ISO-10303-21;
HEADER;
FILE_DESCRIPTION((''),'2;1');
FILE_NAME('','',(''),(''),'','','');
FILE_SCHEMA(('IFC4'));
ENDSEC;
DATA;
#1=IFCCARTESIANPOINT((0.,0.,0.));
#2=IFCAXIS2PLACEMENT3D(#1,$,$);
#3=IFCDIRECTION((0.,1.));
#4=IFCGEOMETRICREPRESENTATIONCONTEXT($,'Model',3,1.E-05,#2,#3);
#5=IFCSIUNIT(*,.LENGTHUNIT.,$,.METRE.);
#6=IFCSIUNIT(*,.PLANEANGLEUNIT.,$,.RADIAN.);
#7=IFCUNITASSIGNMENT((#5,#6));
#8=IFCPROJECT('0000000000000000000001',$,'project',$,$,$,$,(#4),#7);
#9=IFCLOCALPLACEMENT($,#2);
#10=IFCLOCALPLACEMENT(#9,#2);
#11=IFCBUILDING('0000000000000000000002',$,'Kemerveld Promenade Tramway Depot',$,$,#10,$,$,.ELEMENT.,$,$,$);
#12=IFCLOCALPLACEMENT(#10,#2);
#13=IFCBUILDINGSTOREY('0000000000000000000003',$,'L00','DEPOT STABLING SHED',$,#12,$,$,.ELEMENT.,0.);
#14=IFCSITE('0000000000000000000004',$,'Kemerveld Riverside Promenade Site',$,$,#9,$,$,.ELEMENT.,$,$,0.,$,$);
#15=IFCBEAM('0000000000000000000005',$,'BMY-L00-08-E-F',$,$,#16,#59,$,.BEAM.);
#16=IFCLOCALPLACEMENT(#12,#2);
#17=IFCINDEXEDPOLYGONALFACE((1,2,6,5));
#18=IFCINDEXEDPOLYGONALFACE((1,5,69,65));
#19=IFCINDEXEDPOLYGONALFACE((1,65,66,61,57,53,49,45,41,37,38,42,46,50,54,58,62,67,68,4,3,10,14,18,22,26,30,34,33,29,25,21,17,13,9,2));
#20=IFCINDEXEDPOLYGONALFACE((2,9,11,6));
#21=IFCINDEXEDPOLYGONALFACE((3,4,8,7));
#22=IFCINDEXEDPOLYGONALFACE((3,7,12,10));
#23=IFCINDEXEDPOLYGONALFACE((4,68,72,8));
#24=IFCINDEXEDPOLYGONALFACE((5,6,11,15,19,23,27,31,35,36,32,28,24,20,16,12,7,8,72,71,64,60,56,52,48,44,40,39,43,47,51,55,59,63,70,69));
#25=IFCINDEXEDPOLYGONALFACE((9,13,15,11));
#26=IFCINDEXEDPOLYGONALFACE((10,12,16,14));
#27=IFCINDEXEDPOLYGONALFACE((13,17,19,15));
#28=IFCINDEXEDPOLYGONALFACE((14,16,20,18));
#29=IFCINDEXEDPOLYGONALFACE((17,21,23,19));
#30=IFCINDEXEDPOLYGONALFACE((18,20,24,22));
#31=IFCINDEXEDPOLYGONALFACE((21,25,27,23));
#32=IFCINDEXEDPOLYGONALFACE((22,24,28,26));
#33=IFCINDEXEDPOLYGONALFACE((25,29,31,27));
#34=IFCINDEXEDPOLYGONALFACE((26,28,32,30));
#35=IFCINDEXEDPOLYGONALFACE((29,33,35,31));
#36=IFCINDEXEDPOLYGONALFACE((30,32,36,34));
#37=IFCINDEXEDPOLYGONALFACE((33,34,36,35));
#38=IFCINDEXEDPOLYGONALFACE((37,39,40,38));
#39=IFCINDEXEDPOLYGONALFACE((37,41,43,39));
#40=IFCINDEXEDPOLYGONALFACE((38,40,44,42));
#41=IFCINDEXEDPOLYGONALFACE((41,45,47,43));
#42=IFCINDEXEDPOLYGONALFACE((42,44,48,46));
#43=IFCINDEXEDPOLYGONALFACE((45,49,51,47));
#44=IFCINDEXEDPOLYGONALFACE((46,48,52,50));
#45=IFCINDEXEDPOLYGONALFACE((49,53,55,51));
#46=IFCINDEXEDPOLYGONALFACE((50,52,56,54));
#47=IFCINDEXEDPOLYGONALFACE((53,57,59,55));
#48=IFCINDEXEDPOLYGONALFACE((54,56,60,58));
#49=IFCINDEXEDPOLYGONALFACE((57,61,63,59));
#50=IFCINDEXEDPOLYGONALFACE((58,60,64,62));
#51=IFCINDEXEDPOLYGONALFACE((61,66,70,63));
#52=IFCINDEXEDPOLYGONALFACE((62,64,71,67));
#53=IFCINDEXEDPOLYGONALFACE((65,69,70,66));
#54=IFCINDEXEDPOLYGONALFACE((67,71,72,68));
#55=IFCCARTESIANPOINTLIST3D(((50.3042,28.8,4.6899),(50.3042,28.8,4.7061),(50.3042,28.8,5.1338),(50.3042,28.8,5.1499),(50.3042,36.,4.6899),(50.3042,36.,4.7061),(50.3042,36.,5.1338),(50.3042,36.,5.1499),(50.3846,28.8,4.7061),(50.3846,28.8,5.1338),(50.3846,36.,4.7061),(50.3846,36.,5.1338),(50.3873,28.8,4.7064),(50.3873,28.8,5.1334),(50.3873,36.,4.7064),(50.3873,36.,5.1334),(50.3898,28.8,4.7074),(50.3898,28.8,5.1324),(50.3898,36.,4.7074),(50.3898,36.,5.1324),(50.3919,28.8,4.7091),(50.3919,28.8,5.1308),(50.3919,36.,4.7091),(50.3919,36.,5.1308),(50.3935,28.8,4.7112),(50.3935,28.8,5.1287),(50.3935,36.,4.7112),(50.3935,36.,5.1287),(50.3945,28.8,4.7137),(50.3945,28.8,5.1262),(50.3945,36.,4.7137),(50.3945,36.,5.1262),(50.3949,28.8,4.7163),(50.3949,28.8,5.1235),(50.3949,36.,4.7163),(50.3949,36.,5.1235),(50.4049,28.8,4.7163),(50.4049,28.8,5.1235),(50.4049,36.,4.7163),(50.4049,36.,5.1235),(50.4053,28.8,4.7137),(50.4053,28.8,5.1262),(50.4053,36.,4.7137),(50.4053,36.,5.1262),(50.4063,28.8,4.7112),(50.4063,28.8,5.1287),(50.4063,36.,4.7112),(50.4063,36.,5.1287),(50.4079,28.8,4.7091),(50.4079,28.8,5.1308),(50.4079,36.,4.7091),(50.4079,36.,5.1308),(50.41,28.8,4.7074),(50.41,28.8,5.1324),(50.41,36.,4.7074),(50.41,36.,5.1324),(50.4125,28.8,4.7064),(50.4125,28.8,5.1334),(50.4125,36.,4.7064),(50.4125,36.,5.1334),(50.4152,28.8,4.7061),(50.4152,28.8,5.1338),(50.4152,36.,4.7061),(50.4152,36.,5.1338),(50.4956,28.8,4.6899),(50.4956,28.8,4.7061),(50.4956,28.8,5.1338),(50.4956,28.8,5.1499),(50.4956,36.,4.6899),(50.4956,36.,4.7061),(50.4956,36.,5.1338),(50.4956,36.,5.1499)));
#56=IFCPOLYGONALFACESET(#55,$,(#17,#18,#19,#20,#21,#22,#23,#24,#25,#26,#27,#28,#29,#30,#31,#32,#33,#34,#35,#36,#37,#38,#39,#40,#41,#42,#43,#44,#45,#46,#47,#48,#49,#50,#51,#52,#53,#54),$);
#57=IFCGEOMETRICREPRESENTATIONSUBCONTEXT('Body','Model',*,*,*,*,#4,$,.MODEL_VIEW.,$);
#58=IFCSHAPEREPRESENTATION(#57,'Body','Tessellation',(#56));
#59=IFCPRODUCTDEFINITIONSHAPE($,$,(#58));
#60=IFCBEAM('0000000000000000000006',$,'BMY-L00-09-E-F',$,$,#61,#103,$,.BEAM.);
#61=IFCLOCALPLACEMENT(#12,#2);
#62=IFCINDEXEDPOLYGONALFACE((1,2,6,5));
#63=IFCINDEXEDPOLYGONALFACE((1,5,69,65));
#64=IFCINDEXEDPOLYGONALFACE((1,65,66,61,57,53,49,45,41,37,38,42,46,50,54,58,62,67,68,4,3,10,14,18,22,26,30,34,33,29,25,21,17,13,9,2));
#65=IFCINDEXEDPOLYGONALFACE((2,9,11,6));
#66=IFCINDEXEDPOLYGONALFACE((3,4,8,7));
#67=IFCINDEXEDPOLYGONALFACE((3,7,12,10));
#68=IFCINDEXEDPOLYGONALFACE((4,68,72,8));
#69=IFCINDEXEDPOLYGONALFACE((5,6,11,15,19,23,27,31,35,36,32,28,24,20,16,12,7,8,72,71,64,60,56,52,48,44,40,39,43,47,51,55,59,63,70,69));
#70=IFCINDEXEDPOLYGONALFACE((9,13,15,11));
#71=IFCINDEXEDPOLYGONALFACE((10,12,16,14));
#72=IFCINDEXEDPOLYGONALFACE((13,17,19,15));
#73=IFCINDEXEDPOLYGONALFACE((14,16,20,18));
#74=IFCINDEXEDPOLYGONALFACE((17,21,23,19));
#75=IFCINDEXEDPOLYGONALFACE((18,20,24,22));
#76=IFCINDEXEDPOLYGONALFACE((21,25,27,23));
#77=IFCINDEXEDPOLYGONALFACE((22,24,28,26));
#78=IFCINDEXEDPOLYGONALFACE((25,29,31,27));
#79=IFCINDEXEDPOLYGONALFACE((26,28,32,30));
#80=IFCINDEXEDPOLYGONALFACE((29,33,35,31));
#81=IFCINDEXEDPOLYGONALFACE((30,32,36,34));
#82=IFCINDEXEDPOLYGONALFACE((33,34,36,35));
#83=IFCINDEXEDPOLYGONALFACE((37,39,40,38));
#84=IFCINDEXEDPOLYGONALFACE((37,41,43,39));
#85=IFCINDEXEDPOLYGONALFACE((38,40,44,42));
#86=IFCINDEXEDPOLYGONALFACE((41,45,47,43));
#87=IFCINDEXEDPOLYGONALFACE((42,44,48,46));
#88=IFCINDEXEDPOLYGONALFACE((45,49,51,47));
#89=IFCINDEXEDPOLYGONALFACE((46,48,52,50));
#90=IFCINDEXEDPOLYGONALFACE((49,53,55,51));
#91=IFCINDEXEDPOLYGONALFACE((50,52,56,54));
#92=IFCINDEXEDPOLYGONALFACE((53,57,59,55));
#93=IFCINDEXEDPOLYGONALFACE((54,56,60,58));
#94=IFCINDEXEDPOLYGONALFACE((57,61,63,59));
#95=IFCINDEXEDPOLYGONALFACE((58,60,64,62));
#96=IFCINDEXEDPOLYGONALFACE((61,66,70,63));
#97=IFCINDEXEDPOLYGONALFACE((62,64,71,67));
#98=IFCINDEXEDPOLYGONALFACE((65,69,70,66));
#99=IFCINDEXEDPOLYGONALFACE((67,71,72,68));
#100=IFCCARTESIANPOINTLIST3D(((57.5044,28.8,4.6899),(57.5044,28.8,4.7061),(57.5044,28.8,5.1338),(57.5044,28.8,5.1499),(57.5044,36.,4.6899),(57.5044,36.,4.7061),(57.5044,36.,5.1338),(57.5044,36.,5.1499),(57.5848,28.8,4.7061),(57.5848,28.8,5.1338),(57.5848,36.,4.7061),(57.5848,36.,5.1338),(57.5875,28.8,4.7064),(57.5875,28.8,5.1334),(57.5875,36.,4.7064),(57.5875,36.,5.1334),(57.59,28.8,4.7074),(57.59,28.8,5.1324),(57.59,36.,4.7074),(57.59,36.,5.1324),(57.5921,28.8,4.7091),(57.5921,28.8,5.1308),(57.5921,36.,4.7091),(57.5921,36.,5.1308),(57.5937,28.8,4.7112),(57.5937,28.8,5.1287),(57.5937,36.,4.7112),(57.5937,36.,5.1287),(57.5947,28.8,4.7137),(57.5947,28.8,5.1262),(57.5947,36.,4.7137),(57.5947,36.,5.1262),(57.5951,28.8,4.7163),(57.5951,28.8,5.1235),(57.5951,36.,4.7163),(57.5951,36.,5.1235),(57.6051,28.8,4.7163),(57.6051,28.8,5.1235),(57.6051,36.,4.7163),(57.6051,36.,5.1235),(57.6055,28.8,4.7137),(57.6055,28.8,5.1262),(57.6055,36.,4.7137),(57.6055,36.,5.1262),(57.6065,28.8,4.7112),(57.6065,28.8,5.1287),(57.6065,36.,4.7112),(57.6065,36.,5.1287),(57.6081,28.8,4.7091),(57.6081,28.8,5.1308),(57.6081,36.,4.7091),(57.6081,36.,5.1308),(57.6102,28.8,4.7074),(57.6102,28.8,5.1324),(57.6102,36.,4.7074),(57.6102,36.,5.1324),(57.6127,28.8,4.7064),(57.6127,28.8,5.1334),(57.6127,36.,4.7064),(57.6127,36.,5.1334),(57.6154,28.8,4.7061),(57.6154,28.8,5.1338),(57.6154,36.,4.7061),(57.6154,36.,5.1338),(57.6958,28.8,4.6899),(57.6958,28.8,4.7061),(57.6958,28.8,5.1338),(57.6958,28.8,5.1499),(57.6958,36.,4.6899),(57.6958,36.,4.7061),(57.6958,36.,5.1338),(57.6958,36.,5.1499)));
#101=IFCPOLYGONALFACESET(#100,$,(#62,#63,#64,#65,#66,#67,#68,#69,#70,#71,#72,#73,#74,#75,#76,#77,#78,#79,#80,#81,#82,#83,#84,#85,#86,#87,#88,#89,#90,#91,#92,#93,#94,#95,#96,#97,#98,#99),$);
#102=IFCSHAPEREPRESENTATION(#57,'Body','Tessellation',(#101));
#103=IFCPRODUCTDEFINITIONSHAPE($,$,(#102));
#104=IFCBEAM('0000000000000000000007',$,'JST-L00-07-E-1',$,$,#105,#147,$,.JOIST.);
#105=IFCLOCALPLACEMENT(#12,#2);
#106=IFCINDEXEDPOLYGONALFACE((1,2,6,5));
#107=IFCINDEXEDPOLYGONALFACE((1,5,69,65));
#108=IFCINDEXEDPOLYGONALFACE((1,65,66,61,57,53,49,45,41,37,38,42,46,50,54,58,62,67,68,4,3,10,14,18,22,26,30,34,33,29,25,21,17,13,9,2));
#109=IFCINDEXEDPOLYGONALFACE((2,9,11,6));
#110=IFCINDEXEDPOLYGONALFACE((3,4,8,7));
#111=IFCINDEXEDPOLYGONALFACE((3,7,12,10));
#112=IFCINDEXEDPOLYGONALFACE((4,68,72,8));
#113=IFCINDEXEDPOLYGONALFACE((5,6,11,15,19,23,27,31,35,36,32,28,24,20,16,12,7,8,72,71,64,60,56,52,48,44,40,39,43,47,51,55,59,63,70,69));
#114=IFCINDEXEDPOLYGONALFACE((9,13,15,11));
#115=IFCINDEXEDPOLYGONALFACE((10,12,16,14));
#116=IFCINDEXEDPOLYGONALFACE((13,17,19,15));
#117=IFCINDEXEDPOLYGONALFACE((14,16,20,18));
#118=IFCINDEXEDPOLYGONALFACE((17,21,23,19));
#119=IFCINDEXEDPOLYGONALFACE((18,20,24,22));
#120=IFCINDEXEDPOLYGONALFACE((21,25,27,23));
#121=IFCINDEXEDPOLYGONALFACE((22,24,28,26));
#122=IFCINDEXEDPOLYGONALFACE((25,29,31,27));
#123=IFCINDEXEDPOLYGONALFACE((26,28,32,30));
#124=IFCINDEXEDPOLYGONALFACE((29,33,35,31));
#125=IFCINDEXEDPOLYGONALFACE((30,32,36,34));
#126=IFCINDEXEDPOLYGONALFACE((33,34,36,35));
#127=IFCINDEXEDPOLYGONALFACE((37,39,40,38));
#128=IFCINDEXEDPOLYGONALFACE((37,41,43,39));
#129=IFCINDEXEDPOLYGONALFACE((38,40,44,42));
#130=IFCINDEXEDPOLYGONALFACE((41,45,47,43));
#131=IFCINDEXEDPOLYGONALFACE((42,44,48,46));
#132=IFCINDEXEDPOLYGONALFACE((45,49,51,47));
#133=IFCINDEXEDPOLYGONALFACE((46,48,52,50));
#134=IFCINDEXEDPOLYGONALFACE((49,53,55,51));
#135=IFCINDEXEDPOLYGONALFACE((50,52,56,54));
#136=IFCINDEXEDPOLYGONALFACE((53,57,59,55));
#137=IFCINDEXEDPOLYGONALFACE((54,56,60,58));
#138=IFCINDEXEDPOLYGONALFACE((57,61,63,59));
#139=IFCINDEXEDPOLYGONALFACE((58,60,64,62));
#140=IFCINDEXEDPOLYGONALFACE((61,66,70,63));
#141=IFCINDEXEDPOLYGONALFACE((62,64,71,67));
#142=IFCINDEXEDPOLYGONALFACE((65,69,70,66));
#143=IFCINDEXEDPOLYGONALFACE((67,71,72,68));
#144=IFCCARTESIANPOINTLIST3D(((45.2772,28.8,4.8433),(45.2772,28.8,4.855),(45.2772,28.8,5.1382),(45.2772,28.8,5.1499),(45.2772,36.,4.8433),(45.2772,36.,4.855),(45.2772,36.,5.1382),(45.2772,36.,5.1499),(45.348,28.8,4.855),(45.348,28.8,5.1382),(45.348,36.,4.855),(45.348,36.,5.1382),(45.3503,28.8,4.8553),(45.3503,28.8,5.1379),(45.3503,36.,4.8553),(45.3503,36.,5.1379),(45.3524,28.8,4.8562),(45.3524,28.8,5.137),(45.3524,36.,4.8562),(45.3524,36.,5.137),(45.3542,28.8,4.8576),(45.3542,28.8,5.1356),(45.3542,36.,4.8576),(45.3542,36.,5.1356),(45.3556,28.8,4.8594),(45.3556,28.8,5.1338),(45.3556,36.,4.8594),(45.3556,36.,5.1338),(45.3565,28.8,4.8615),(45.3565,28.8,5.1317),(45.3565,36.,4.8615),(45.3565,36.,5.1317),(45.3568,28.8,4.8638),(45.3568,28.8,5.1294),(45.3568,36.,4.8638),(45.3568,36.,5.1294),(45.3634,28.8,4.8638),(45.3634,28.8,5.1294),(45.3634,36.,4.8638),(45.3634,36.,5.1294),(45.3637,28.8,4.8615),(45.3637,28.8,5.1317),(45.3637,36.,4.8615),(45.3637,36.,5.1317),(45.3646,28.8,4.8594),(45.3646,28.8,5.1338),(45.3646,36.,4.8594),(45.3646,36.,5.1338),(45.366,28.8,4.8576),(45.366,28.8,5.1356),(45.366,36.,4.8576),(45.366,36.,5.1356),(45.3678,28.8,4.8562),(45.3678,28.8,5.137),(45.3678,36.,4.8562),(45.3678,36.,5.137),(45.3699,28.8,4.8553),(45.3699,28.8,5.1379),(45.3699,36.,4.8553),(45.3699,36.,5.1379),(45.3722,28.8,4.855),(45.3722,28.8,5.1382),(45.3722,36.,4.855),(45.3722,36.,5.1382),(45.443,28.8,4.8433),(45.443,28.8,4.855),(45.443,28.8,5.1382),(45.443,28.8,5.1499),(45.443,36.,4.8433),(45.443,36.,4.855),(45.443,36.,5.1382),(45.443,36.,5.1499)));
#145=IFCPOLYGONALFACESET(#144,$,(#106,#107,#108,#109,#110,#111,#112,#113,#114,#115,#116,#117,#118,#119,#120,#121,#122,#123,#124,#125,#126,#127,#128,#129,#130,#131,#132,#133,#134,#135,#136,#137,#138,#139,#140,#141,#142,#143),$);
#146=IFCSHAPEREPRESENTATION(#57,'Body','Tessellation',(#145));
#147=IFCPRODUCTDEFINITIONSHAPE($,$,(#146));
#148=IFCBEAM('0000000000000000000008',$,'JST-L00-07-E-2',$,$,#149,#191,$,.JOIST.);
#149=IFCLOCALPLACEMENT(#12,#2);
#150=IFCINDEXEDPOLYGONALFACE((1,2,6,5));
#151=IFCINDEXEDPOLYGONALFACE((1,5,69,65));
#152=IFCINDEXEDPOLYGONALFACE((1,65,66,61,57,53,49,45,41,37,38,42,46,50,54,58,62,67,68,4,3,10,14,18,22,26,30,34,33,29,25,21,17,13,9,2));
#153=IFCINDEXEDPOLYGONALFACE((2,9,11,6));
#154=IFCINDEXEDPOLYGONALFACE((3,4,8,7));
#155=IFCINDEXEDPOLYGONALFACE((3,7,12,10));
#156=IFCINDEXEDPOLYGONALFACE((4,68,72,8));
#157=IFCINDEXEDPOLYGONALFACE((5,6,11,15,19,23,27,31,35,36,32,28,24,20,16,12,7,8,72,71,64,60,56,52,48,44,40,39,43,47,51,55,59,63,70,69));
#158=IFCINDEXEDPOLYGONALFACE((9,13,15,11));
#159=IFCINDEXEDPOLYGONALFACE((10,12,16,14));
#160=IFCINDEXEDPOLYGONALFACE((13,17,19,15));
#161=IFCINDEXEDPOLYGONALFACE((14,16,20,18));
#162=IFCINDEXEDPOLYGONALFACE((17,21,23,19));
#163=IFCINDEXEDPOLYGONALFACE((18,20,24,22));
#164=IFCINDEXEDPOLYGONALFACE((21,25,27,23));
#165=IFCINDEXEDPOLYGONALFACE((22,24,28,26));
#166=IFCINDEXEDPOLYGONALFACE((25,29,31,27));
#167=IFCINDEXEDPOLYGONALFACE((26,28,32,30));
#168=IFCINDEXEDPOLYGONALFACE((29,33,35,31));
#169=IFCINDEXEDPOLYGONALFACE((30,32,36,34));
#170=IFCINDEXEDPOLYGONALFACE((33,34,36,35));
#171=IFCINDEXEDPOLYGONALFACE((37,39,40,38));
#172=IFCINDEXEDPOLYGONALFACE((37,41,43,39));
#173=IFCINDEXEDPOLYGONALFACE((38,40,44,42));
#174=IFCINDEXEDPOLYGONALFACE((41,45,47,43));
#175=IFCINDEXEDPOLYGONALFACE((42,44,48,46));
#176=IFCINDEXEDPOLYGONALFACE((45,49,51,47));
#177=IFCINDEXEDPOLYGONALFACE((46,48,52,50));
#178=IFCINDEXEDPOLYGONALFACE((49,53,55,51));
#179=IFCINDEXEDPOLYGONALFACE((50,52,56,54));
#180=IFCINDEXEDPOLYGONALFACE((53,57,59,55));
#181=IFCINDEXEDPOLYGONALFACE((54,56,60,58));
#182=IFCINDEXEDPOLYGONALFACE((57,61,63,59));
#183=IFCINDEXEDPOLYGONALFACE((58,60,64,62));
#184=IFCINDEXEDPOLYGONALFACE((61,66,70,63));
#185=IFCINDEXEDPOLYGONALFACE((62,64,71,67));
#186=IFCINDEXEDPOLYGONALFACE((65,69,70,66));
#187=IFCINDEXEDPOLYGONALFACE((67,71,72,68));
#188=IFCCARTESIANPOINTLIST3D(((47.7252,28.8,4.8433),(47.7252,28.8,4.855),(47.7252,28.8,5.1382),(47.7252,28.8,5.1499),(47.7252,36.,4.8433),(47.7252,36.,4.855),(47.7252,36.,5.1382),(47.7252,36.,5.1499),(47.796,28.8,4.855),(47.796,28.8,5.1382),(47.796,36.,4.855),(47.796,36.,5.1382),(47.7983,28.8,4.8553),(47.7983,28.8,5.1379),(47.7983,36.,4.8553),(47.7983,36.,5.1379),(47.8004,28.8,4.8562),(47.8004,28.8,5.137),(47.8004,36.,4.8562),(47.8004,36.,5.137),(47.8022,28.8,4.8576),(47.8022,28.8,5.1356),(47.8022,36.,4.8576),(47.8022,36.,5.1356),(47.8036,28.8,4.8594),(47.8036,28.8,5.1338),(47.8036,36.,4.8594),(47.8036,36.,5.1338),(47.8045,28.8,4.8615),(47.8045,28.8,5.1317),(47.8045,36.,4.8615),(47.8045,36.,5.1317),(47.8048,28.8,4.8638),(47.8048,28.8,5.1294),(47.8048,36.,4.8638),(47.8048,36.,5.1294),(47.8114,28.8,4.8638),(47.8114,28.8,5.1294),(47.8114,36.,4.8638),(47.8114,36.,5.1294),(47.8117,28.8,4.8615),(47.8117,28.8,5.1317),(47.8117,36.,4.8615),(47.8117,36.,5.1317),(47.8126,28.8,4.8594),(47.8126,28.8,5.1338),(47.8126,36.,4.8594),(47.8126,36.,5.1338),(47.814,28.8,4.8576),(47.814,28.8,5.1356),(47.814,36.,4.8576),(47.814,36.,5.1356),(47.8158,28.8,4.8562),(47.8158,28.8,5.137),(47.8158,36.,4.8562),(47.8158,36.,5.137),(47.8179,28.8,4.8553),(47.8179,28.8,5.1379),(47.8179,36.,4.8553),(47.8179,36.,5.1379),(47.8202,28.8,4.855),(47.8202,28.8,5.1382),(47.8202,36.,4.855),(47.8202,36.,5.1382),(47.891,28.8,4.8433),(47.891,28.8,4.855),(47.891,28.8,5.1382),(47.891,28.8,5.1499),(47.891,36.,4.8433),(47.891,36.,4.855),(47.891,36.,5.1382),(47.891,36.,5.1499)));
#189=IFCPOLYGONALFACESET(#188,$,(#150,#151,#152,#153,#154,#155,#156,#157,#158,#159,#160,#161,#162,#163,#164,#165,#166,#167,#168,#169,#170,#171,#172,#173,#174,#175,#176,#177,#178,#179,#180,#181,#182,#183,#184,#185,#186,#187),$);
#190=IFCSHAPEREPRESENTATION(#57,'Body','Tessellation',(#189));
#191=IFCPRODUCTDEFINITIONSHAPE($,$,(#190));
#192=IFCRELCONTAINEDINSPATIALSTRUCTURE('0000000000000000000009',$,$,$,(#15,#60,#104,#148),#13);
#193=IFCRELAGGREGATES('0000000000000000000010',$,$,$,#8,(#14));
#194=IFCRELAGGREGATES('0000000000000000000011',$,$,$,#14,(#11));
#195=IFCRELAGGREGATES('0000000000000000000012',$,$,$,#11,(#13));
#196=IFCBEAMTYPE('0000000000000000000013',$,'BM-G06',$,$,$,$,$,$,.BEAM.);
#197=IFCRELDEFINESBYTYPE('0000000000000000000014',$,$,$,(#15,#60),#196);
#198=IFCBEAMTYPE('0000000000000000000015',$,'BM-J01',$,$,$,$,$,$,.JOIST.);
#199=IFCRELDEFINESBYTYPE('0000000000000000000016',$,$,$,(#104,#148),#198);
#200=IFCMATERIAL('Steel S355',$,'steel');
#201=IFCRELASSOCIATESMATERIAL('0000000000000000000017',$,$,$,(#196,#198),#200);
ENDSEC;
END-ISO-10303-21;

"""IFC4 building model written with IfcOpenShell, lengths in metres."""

from ifc_helpers import new_model, si_unit, direction, frame, origin, origin_2d, place, context, subcontext, project, spatial, i_section, extrude, material, material_profile, profile_set, type_object, element, save


model = new_model("IFC4")

# Units and contexts
model_context = context("Model", 3, precision=1e-05, world=origin(), true_north=direction((0.0, 1.0)))
body_context = subcontext(model_context, "Body", "Model", "MODEL_VIEW")
ifc_project = project(units=[si_unit("LENGTHUNIT", "METRE"), si_unit("PLANEANGLEUNIT", "RADIAN")], contexts=[model_context])

# Site, building, storey
site_placement = place(None, origin())
site = spatial("IfcSite", under=ifc_project, at=site_placement, Name="Kemerveld Riverside Promenade Site", CompositionType="ELEMENT", RefElevation=0.0)
building_placement = place(site_placement, origin())
building = spatial("IfcBuilding", under=site, at=building_placement, Name="Kemerveld Promenade Tramway Depot", CompositionType="ELEMENT")
storey_placement = place(building_placement, origin())
storey = spatial("IfcBuildingStorey", under=building, at=storey_placement, Name="L00", Description="DEPOT STABLING SHED", CompositionType="ELEMENT", Elevation=0.0)

# Shared definitions
ifc_material_1 = material(Name="Steel S355", Category="steel")

# Beams
ifc_material_profile_1 = material_profile(ifc_material_1, i_section(OverallWidth=0.1914, OverallDepth=0.46, WebThickness=0.01, FlangeThickness=0.0161, FilletRadius=0.0103, at=origin_2d()), Name="457x191x82 UB")
ifc_profile_set_1 = profile_set([ifc_material_profile_1], Name="Steel S355")
beam_type_1 = type_object("IfcBeamType", Name="BM-G06", PredefinedType="BEAM", material=ifc_profile_set_1)
for number, where, z_axis, x_axis, name in (
    (1, (50.3999, 28.8, 4.9199), (0.0, 1.0, 0.0), (-1.0, 0.0, 0.0), "BMY-L00-08-E-F"),
    (2, (57.6001, 28.8, 4.9199), (0.0, 1.0, 0.0), (-1.0, 0.0, 0.0), "BMY-L00-09-E-F"),
):
    element("IfcBeam", number, at=place(storey_placement, frame(where, z_axis=z_axis, x_axis=x_axis)), inside=storey, type_object=beam_type_1, Name=name, PredefinedType="BEAM", context=body_context, shape_type="SweptSolid", body=[
        extrude(i_section(OverallWidth=0.1914, OverallDepth=0.46, WebThickness=0.01, FlangeThickness=0.0161, FilletRadius=0.0103, at=origin_2d()), origin(), (0.0, 0.0, 1.0), 7.2),
    ])
ifc_material_profile_2 = material_profile(ifc_material_1, i_section(OverallWidth=0.1658, OverallDepth=0.3066, WebThickness=0.0066, FlangeThickness=0.0117, FilletRadius=0.0088, at=origin_2d()), Name="305x165x46 UB")
ifc_profile_set_2 = profile_set([ifc_material_profile_2], Name="Steel S355")
beam_type_2 = type_object("IfcBeamType", Name="BM-J01", PredefinedType="JOIST", material=ifc_profile_set_2)
for number, where, z_axis, x_axis, name in (
    (3, (45.3601, 28.8, 4.9966), (0.0, 1.0, 0.0), (-1.0, 0.0, 0.0), "JST-L00-07-E-1"),
    (4, (47.8081, 28.8, 4.9966), (0.0, 1.0, 0.0), (-1.0, 0.0, 0.0), "JST-L00-07-E-2"),
):
    element("IfcBeam", number, at=place(storey_placement, frame(where, z_axis=z_axis, x_axis=x_axis)), inside=storey, type_object=beam_type_2, Name=name, PredefinedType="JOIST", context=body_context, shape_type="SweptSolid", body=[
        extrude(i_section(OverallWidth=0.1658, OverallDepth=0.3066, WebThickness=0.0066, FlangeThickness=0.0117, FilletRadius=0.0088, at=origin_2d()), origin(), (0.0, 0.0, 1.0), 7.2),
    ])

save(model, "model.ifc")
